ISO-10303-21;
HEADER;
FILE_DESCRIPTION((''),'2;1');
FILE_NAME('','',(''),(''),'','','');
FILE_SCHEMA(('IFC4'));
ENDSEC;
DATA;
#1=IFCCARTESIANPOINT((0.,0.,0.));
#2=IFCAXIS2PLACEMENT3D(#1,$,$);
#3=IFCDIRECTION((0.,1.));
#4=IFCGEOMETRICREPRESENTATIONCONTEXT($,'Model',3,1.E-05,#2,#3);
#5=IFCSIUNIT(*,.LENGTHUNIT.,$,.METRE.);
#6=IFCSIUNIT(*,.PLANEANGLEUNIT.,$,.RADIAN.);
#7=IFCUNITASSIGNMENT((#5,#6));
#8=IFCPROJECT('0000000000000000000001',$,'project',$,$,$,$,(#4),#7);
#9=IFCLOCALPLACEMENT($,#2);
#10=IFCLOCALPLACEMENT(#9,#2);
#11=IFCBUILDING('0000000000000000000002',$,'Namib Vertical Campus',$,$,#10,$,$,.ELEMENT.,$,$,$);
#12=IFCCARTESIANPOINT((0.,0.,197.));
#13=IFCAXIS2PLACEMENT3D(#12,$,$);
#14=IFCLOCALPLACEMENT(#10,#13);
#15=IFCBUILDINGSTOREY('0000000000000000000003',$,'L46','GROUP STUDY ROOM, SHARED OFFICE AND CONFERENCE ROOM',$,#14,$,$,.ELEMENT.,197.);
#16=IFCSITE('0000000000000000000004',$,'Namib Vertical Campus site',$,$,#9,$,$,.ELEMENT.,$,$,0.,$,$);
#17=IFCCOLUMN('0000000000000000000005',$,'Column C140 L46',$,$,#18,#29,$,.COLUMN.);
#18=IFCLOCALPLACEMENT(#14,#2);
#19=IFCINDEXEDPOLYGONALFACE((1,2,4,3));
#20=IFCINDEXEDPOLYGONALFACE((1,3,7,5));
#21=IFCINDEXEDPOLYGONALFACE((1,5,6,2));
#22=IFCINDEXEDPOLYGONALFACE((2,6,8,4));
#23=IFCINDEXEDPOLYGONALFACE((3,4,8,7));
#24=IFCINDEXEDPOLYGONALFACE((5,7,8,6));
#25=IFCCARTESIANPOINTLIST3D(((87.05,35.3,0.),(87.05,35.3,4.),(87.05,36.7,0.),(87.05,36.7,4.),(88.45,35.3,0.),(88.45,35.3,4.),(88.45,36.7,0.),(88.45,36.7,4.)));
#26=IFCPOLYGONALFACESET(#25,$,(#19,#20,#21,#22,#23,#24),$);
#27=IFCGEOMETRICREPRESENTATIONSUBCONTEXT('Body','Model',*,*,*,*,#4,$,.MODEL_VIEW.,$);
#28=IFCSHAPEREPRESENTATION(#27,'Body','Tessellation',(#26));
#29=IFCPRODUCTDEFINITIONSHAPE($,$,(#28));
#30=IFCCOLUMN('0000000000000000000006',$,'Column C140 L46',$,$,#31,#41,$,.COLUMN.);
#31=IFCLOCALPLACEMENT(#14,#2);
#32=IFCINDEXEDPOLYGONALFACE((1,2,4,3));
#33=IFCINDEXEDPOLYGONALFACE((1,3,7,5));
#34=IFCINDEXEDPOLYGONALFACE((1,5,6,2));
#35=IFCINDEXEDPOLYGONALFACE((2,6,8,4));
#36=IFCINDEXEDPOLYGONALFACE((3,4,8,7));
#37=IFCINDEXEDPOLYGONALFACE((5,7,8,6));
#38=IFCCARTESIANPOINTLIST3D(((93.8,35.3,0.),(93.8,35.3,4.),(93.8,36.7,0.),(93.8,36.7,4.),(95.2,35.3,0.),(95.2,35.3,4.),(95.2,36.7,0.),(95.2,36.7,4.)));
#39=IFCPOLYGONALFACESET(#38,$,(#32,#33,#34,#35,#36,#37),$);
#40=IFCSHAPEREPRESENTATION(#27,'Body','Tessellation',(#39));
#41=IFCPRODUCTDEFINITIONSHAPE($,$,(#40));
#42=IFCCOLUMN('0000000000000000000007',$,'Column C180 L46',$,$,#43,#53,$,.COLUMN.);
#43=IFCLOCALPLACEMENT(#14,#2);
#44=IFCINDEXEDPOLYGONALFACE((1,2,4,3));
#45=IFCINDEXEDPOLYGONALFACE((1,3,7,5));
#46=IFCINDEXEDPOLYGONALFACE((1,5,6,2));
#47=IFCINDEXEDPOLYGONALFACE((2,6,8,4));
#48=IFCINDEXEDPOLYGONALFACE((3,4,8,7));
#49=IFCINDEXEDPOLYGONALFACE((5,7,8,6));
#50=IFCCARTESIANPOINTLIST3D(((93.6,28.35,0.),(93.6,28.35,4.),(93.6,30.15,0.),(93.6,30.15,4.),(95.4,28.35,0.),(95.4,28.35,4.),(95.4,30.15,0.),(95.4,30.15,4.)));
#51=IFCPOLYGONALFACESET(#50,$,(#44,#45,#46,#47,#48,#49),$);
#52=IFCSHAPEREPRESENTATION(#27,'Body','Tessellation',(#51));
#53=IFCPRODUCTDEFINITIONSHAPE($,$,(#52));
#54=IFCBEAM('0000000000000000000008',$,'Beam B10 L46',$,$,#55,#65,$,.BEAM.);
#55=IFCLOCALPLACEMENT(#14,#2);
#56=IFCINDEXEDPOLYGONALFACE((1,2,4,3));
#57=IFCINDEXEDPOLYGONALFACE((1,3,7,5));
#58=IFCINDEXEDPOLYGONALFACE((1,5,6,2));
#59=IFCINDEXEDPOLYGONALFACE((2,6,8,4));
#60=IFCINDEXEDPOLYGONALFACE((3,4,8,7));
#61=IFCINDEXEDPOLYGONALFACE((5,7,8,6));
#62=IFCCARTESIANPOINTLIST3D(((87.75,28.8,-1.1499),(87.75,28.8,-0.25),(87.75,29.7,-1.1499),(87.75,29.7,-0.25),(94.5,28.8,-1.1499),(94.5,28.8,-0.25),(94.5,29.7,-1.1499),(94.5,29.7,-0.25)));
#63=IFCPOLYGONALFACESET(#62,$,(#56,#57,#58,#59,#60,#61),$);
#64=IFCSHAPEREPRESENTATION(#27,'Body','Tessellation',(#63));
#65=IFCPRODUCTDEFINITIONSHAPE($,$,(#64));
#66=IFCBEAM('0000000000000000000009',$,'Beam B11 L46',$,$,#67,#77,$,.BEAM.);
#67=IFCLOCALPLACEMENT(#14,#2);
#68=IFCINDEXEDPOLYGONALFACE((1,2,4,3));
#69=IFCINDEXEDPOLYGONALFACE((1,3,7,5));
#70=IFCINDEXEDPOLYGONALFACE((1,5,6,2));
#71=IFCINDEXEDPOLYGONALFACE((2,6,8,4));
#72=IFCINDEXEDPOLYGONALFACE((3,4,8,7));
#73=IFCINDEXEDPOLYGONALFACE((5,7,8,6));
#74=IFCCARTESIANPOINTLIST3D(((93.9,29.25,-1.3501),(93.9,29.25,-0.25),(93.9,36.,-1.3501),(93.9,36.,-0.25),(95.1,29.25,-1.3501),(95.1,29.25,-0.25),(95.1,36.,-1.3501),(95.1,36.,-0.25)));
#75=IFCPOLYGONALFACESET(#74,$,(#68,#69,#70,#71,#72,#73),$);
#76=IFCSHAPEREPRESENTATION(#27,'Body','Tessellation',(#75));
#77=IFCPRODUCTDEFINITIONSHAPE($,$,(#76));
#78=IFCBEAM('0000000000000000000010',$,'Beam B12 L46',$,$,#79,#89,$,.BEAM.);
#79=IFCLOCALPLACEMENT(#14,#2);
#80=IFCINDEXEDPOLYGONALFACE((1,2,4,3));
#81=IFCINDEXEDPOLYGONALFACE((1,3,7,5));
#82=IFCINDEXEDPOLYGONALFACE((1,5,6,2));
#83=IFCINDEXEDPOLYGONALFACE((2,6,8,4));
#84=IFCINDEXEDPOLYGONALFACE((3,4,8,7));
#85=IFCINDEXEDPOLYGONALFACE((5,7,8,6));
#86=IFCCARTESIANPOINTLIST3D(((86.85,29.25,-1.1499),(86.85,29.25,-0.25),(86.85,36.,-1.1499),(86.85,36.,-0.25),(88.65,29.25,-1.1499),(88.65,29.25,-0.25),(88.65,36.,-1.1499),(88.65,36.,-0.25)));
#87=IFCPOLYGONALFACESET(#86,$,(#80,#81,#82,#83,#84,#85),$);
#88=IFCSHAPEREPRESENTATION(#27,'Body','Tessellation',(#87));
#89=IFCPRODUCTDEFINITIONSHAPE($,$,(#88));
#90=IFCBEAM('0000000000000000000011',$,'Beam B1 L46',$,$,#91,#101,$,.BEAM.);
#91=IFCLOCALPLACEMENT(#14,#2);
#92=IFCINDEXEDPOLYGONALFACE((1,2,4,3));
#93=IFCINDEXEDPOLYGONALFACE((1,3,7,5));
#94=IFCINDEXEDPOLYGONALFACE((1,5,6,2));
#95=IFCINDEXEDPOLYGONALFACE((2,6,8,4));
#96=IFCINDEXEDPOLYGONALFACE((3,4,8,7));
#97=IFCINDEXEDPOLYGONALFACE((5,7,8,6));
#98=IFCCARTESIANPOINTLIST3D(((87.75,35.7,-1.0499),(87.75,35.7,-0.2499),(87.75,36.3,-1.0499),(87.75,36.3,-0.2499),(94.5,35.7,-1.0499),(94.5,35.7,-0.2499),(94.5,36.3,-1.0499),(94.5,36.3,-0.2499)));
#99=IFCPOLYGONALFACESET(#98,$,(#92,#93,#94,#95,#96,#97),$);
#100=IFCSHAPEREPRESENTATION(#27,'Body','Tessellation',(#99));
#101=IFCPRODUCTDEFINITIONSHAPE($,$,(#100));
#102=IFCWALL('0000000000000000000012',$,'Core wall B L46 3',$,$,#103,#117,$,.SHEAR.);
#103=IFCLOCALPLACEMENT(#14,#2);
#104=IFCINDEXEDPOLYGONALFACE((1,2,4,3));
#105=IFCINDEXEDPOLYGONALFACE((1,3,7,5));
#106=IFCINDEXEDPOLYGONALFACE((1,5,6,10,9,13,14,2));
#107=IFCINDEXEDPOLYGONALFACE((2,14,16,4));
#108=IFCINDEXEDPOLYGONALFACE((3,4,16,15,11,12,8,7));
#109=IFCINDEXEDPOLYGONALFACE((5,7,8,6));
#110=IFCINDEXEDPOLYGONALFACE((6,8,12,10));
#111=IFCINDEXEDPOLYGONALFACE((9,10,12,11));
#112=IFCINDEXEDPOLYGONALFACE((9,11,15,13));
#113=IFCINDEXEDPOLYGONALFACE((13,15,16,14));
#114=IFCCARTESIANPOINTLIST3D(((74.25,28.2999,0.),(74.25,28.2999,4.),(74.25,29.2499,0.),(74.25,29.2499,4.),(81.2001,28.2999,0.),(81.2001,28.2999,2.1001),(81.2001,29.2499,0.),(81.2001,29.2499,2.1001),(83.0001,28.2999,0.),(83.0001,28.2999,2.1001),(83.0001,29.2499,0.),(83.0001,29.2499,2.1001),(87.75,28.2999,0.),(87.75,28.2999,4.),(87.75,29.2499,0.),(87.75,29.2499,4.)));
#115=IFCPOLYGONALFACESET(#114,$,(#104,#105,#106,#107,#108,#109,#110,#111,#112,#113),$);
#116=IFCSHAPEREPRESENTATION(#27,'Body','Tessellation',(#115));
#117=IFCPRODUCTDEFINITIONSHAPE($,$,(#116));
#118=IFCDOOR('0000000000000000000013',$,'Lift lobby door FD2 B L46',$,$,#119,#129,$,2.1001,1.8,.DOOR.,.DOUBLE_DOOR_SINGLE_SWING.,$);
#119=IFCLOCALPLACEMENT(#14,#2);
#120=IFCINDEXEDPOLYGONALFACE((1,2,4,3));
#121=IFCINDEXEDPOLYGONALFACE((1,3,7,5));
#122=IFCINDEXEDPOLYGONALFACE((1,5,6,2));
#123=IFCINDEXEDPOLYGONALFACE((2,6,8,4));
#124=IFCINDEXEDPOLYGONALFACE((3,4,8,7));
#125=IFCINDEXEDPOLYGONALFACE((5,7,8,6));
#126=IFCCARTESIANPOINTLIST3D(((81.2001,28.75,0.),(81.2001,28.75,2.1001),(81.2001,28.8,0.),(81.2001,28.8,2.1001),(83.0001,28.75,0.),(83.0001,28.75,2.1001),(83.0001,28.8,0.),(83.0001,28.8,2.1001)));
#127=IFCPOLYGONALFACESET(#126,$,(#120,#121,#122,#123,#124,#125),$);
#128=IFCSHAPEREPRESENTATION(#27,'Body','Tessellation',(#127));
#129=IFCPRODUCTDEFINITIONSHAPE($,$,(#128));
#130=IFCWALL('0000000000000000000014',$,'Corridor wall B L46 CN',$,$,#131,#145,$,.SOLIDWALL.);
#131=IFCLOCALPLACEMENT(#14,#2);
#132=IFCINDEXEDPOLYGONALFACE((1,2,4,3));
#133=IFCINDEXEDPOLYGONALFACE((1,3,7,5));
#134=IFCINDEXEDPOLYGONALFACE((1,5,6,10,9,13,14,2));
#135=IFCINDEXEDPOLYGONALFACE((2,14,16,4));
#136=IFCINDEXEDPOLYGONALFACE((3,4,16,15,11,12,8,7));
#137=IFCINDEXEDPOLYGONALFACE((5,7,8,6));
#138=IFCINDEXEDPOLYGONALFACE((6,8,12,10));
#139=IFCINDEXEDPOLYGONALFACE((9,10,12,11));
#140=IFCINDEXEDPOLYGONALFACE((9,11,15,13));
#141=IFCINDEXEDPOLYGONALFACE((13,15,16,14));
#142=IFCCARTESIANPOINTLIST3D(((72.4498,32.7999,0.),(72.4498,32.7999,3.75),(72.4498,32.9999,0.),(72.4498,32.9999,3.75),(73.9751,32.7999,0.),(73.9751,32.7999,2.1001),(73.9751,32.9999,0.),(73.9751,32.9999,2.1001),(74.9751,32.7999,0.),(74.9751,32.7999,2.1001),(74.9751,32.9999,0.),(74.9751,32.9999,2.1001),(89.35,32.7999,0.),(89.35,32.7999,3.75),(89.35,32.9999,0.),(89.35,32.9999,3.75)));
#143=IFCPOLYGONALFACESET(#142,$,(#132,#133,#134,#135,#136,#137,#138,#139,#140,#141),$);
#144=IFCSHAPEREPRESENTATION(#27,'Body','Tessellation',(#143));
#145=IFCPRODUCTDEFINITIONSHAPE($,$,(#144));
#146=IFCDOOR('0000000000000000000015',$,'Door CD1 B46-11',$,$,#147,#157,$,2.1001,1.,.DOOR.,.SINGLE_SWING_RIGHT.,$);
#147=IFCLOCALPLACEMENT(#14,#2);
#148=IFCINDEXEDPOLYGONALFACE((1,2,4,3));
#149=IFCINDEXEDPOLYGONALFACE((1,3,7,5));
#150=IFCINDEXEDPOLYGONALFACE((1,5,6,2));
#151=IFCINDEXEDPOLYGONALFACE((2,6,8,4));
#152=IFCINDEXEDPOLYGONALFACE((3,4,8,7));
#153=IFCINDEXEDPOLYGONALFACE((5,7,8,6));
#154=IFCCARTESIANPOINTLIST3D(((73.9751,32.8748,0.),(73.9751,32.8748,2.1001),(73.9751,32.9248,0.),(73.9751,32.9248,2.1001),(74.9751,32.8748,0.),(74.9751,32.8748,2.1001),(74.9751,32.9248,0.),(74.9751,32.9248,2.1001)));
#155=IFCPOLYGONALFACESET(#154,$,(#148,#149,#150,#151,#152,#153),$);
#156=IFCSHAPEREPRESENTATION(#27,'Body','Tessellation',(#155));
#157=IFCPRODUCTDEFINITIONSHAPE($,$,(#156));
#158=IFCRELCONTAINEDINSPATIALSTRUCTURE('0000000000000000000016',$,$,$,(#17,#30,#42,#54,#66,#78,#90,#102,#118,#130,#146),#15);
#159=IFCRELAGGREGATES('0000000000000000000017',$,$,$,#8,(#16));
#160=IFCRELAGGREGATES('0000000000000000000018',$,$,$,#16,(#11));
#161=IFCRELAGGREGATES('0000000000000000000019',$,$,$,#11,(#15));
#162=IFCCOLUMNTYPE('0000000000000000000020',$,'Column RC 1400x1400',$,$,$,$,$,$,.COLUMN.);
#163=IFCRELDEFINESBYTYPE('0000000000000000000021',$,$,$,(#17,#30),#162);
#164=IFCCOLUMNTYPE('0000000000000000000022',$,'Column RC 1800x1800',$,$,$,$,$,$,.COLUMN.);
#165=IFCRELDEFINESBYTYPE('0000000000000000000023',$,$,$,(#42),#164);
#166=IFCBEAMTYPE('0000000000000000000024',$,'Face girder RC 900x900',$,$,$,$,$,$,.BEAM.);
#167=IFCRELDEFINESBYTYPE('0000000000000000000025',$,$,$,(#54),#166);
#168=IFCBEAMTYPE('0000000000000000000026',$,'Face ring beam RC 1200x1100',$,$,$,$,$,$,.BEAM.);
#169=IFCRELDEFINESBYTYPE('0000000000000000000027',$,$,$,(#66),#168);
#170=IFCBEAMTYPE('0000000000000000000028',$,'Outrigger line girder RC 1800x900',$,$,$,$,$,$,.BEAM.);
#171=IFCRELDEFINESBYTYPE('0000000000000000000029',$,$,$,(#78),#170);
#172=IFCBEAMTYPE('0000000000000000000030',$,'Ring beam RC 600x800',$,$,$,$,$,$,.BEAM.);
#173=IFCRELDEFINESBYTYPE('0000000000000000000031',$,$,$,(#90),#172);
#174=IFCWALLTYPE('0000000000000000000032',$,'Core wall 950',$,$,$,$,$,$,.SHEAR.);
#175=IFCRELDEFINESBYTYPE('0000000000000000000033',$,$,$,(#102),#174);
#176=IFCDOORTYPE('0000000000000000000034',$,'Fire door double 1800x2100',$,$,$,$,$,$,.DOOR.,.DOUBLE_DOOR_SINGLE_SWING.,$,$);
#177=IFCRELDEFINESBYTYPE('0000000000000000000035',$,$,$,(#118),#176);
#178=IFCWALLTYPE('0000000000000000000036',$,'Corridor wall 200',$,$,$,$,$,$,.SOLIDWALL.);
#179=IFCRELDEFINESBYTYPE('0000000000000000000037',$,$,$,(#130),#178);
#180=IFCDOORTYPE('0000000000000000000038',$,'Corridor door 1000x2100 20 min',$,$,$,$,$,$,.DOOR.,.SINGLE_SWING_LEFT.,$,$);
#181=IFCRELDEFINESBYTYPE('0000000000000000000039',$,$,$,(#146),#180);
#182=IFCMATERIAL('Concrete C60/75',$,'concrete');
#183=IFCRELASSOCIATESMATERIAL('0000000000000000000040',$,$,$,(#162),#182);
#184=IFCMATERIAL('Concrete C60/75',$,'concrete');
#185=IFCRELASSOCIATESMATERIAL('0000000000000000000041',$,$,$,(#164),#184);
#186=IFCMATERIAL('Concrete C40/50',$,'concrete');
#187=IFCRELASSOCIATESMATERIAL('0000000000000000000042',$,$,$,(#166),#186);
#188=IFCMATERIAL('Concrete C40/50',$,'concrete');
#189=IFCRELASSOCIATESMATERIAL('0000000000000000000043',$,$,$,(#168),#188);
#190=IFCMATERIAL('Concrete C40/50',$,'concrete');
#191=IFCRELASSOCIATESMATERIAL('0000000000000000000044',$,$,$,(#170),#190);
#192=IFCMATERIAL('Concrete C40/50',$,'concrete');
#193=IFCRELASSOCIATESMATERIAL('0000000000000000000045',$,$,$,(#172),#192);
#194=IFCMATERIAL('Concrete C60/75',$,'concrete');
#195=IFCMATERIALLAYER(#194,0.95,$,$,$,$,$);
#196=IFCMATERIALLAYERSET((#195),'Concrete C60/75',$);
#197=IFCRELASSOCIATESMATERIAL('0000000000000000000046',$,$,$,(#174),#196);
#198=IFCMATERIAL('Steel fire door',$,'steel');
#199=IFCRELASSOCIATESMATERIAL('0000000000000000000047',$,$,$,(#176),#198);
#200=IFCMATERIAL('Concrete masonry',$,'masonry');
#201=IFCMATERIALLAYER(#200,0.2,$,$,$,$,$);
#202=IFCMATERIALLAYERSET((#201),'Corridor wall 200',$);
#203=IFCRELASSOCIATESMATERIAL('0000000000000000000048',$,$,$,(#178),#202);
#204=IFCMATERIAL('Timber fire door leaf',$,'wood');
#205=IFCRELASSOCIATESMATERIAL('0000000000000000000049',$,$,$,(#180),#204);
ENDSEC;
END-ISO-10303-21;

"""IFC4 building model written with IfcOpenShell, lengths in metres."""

from ifc_helpers import new_model, si_unit, direction, frame, frame_2d, origin, origin_2d, place, context, subcontext, project, spatial, rectangle, extrude, material, layer, layer_set, material_profile, profile_set, type_object, element, fill, save


model = new_model("IFC4")

# Units and contexts
model_context = context("Model", 3, precision=1e-05, world=origin(), true_north=direction((0.0, 1.0)))
body_context = subcontext(model_context, "Body", "Model", "MODEL_VIEW")
ifc_project = project(units=[si_unit("LENGTHUNIT", "METRE"), si_unit("PLANEANGLEUNIT", "RADIAN")], contexts=[model_context])

# Site, building, storey
site_placement = place(None, origin())
site = spatial("IfcSite", under=ifc_project, at=site_placement, Name="Namib Vertical Campus site", CompositionType="ELEMENT", RefElevation=0.0)
building_placement = place(site_placement, origin())
building = spatial("IfcBuilding", under=site, at=building_placement, Name="Namib Vertical Campus", CompositionType="ELEMENT")
storey_placement = place(building_placement, frame((0.0, 0.0, 197.0)))
storey = spatial("IfcBuildingStorey", under=building, at=storey_placement, Name="L46", Description="GROUP STUDY ROOM, SHARED OFFICE AND CONFERENCE ROOM", CompositionType="ELEMENT", Elevation=197.0)

# Columns
ifc_material_1 = material(Name="Concrete C60/75", Category="concrete")
ifc_material_profile_1 = material_profile(ifc_material_1, rectangle(XDim=1.3999, YDim=1.3999, at=origin_2d()))
ifc_profile_set_1 = profile_set([ifc_material_profile_1], Name="Concrete C60/75")
column_type_1 = type_object("IfcColumnType", Name="Column RC 1400x1400", PredefinedType="COLUMN", material=ifc_profile_set_1)
for number, where, z_axis, x_axis, name in (
    (1, (87.75, 36.0, 0.0), (0.0, 0.0, 1.0), (1.0, 0.0, 0.0), "Column C140 L46"),
    (2, (94.5, 36.0, 0.0), (0.0, 0.0, 1.0), (1.0, 0.0, 0.0), "Column C140 L46"),
):
    element("IfcColumn", number, at=place(storey_placement, frame(where, z_axis=z_axis, x_axis=x_axis)), inside=storey, type_object=column_type_1, Name=name, PredefinedType="COLUMN", context=body_context, shape_type="SweptSolid", body=[
        extrude(rectangle(XDim=1.3999, YDim=1.3999, at=origin_2d()), origin(), (0.0, 0.0, 1.0), 4.0),
    ])
ifc_material_2 = material(Name="Concrete C60/75", Category="concrete")
ifc_material_profile_2 = material_profile(ifc_material_2, rectangle(XDim=1.8, YDim=1.8, at=origin_2d()))
ifc_profile_set_2 = profile_set([ifc_material_profile_2], Name="Concrete C60/75")
column_type_2 = type_object("IfcColumnType", Name="Column RC 1800x1800", PredefinedType="COLUMN", material=ifc_profile_set_2)
column_placement = place(storey_placement, frame((94.5, 29.25, 0.0), z_axis=(0.0, 0.0, 1.0), x_axis=(1.0, 0.0, 0.0)))
element("IfcColumn", 3, at=column_placement, inside=storey, type_object=column_type_2, Name="Column C180 L46", PredefinedType="COLUMN", context=body_context, shape_type="SweptSolid", body=[
    extrude(rectangle(XDim=1.8, YDim=1.8, at=origin_2d()), origin(), (0.0, 0.0, 1.0), 4.0),
])

# Beams
ifc_material_3 = material(Name="Concrete C40/50", Category="concrete")
ifc_material_profile_3 = material_profile(ifc_material_3, rectangle(XDim=0.8999, YDim=0.8999, at=origin_2d()))
ifc_profile_set_3 = profile_set([ifc_material_profile_3], Name="Concrete C40/50")
beam_type_1 = type_object("IfcBeamType", Name="Face girder RC 900x900", PredefinedType="BEAM", material=ifc_profile_set_3)
beam_1_placement = place(storey_placement, frame((94.5, 29.25, -0.7), z_axis=(-1.0, 0.0, 0.0), x_axis=(0.0, -1.0, 0.0)))
element("IfcBeam", 4, at=beam_1_placement, inside=storey, type_object=beam_type_1, Name="Beam B10 L46", PredefinedType="BEAM", context=body_context, shape_type="SweptSolid", body=[
    extrude(rectangle(XDim=0.8999, YDim=0.8999, at=origin_2d()), origin(), (0.0, 0.0, 1.0), 6.75),
])
ifc_material_4 = material(Name="Concrete C40/50", Category="concrete")
ifc_material_profile_4 = material_profile(ifc_material_4, rectangle(XDim=1.2, YDim=1.1001, at=origin_2d()))
ifc_profile_set_4 = profile_set([ifc_material_profile_4], Name="Concrete C40/50")
beam_type_2 = type_object("IfcBeamType", Name="Face ring beam RC 1200x1100", PredefinedType="BEAM", material=ifc_profile_set_4)
beam_2_placement = place(storey_placement, frame((94.5, 29.25, -0.8), z_axis=(0.0, 1.0, 0.0), x_axis=(-1.0, 0.0, 0.0)))
element("IfcBeam", 5, at=beam_2_placement, inside=storey, type_object=beam_type_2, Name="Beam B11 L46", PredefinedType="BEAM", context=body_context, shape_type="SweptSolid", body=[
    extrude(rectangle(XDim=1.2, YDim=1.1001, at=origin_2d()), origin(), (0.0, 0.0, 1.0), 6.75),
])
ifc_material_5 = material(Name="Concrete C40/50", Category="concrete")
ifc_material_profile_5 = material_profile(ifc_material_5, rectangle(XDim=1.8, YDim=0.8999, at=origin_2d()))
ifc_profile_set_5 = profile_set([ifc_material_profile_5], Name="Concrete C40/50")
beam_type_3 = type_object("IfcBeamType", Name="Outrigger line girder RC 1800x900", PredefinedType="BEAM", material=ifc_profile_set_5)
beam_3_placement = place(storey_placement, frame((87.75, 36.0, -0.7), z_axis=(0.0, -1.0, 0.0), x_axis=(1.0, 0.0, 0.0)))
element("IfcBeam", 6, at=beam_3_placement, inside=storey, type_object=beam_type_3, Name="Beam B12 L46", PredefinedType="BEAM", context=body_context, shape_type="SweptSolid", body=[
    extrude(rectangle(XDim=1.8, YDim=0.8999, at=origin_2d()), origin(), (0.0, 0.0, 1.0), 6.75),
])
ifc_material_6 = material(Name="Concrete C40/50", Category="concrete")
ifc_material_profile_6 = material_profile(ifc_material_6, rectangle(XDim=0.6001, YDim=0.8, at=origin_2d()))
ifc_profile_set_6 = profile_set([ifc_material_profile_6], Name="Concrete C40/50")
beam_type_4 = type_object("IfcBeamType", Name="Ring beam RC 600x800", PredefinedType="BEAM", material=ifc_profile_set_6)
beam_4_placement = place(storey_placement, frame((87.75, 36.0, -0.6499), z_axis=(1.0, 0.0, 0.0), x_axis=(0.0, 1.0, 0.0)))
element("IfcBeam", 7, at=beam_4_placement, inside=storey, type_object=beam_type_4, Name="Beam B1 L46", PredefinedType="BEAM", context=body_context, shape_type="SweptSolid", body=[
    extrude(rectangle(XDim=0.6001, YDim=0.8, at=origin_2d()), origin(), (0.0, 0.0, 1.0), 6.75),
])

# Walls, openings, doors
ifc_material_7 = material(Name="Concrete C60/75", Category="concrete")
ifc_layer_1 = layer(ifc_material_7, 0.95)
ifc_layer_set_1 = layer_set([ifc_layer_1], Name="Concrete C60/75")
wall_type_1 = type_object("IfcWallType", Name="Core wall 950", PredefinedType="SHEAR", material=ifc_layer_set_1)
wall_1_placement = place(storey_placement, frame((87.75, 28.7749, 0.0), z_axis=(0.0, 0.0, 1.0), x_axis=(-1.0, 0.0, 0.0)))
wall_1 = element("IfcWall", 8, at=wall_1_placement, inside=storey, type_object=wall_type_1, Name="Core wall B L46 3", PredefinedType="SHEAR", context=body_context, shape_type="SweptSolid", body=[
    extrude(rectangle(XDim=13.5, YDim=0.95, at=frame_2d((6.75, 0.0))), origin(), (0.0, 0.0, 1.0), 4.0),
])
opening_1_placement = place(wall_1_placement, frame((4.75, 0.0, 0.0)))
opening_1 = element("IfcOpeningElement", 9, at=opening_1_placement, cuts=wall_1, PredefinedType="OPENING", context=body_context, shape_type="SweptSolid", body=[
    extrude(rectangle(XDim=1.8, YDim=2.1001, at=frame_2d((0.8999, 1.05))), frame((0.0, 0.4849, 0.0), z_axis=(0.0, -1.0, 0.0), x_axis=(1.0, 0.0, 0.0)), (0.0, 0.0, 1.0), 0.97),
])
ifc_material_8 = material(Name="Steel fire door", Category="steel")
door_type_1 = type_object("IfcDoorType", Name="Fire door double 1800x2100", OperationType="DOUBLE_DOOR_SINGLE_SWING", PredefinedType="DOOR", material=ifc_material_8)
door_1_placement = place(opening_1_placement, origin())
door_1 = element("IfcDoor", 10, at=door_1_placement, inside=storey, type_object=door_type_1, Name="Lift lobby door FD2 B L46", OperationType="DOUBLE_DOOR_SINGLE_SWING", OverallHeight=2.1001, OverallWidth=1.8, PredefinedType="DOOR", context=body_context, shape_type="SweptSolid", body=[
    extrude(rectangle(XDim=1.8, YDim=2.1001, at=frame_2d((0.8999, 1.05))), frame((0.0, 0.0249, 0.0), z_axis=(0.0, -1.0, 0.0), x_axis=(1.0, 0.0, 0.0)), (0.0, 0.0, 1.0), 0.05),
])
fill(opening_1, door_1)
ifc_material_9 = material(Name="Concrete masonry", Category="masonry")
ifc_layer_2 = layer(ifc_material_9, 0.2)
ifc_layer_set_2 = layer_set([ifc_layer_2], Name="Corridor wall 200")
wall_type_2 = type_object("IfcWallType", Name="Corridor wall 200", PredefinedType="SOLIDWALL", material=ifc_layer_set_2)
wall_2_placement = place(storey_placement, frame((89.3501, 32.8999, 0.0), z_axis=(0.0, 0.0, 1.0), x_axis=(-1.0, 0.0, 0.0)))
wall_2 = element("IfcWall", 11, at=wall_2_placement, inside=storey, type_object=wall_type_2, Name="Corridor wall B L46 CN", PredefinedType="SOLIDWALL", context=body_context, shape_type="SweptSolid", body=[
    extrude(rectangle(XDim=16.9001, YDim=0.2, at=frame_2d((8.4502, 0.0))), origin(), (0.0, 0.0, 1.0), 3.75),
])
opening_2_placement = place(wall_2_placement, frame((14.375, 0.0, 0.0)))
opening_2 = element("IfcOpeningElement", 12, at=opening_2_placement, cuts=wall_2, PredefinedType="OPENING", context=body_context, shape_type="SweptSolid", body=[
    extrude(rectangle(XDim=1.0, YDim=2.1001, at=frame_2d((0.5, 1.05))), frame((0.0, 0.1099, 0.0), z_axis=(0.0, -1.0, 0.0), x_axis=(1.0, 0.0, 0.0)), (0.0, 0.0, 1.0), 0.22),
])
ifc_material_10 = material(Name="Timber fire door leaf", Category="wood")
door_type_2 = type_object("IfcDoorType", Name="Corridor door 1000x2100 20 min", OperationType="SINGLE_SWING_LEFT", PredefinedType="DOOR", material=ifc_material_10)
door_2_placement = place(opening_2_placement, frame((1.0, 0.0, 0.0), z_axis=(0.0, 0.0, 1.0), x_axis=(-1.0, 0.0, 0.0)))
door_2 = element("IfcDoor", 13, at=door_2_placement, inside=storey, type_object=door_type_2, Name="Door CD1 B46-11", OperationType="SINGLE_SWING_RIGHT", OverallHeight=2.1001, OverallWidth=1.0, PredefinedType="DOOR", context=body_context, shape_type="SweptSolid", body=[
    extrude(rectangle(XDim=1.0, YDim=2.1001, at=frame_2d((0.5, 1.05))), frame((0.0, 0.0249, 0.0), z_axis=(0.0, -1.0, 0.0), x_axis=(1.0, 0.0, 0.0)), (0.0, 0.0, 1.0), 0.05),
])
fill(opening_2, door_2)

save(model, "model.ifc")
